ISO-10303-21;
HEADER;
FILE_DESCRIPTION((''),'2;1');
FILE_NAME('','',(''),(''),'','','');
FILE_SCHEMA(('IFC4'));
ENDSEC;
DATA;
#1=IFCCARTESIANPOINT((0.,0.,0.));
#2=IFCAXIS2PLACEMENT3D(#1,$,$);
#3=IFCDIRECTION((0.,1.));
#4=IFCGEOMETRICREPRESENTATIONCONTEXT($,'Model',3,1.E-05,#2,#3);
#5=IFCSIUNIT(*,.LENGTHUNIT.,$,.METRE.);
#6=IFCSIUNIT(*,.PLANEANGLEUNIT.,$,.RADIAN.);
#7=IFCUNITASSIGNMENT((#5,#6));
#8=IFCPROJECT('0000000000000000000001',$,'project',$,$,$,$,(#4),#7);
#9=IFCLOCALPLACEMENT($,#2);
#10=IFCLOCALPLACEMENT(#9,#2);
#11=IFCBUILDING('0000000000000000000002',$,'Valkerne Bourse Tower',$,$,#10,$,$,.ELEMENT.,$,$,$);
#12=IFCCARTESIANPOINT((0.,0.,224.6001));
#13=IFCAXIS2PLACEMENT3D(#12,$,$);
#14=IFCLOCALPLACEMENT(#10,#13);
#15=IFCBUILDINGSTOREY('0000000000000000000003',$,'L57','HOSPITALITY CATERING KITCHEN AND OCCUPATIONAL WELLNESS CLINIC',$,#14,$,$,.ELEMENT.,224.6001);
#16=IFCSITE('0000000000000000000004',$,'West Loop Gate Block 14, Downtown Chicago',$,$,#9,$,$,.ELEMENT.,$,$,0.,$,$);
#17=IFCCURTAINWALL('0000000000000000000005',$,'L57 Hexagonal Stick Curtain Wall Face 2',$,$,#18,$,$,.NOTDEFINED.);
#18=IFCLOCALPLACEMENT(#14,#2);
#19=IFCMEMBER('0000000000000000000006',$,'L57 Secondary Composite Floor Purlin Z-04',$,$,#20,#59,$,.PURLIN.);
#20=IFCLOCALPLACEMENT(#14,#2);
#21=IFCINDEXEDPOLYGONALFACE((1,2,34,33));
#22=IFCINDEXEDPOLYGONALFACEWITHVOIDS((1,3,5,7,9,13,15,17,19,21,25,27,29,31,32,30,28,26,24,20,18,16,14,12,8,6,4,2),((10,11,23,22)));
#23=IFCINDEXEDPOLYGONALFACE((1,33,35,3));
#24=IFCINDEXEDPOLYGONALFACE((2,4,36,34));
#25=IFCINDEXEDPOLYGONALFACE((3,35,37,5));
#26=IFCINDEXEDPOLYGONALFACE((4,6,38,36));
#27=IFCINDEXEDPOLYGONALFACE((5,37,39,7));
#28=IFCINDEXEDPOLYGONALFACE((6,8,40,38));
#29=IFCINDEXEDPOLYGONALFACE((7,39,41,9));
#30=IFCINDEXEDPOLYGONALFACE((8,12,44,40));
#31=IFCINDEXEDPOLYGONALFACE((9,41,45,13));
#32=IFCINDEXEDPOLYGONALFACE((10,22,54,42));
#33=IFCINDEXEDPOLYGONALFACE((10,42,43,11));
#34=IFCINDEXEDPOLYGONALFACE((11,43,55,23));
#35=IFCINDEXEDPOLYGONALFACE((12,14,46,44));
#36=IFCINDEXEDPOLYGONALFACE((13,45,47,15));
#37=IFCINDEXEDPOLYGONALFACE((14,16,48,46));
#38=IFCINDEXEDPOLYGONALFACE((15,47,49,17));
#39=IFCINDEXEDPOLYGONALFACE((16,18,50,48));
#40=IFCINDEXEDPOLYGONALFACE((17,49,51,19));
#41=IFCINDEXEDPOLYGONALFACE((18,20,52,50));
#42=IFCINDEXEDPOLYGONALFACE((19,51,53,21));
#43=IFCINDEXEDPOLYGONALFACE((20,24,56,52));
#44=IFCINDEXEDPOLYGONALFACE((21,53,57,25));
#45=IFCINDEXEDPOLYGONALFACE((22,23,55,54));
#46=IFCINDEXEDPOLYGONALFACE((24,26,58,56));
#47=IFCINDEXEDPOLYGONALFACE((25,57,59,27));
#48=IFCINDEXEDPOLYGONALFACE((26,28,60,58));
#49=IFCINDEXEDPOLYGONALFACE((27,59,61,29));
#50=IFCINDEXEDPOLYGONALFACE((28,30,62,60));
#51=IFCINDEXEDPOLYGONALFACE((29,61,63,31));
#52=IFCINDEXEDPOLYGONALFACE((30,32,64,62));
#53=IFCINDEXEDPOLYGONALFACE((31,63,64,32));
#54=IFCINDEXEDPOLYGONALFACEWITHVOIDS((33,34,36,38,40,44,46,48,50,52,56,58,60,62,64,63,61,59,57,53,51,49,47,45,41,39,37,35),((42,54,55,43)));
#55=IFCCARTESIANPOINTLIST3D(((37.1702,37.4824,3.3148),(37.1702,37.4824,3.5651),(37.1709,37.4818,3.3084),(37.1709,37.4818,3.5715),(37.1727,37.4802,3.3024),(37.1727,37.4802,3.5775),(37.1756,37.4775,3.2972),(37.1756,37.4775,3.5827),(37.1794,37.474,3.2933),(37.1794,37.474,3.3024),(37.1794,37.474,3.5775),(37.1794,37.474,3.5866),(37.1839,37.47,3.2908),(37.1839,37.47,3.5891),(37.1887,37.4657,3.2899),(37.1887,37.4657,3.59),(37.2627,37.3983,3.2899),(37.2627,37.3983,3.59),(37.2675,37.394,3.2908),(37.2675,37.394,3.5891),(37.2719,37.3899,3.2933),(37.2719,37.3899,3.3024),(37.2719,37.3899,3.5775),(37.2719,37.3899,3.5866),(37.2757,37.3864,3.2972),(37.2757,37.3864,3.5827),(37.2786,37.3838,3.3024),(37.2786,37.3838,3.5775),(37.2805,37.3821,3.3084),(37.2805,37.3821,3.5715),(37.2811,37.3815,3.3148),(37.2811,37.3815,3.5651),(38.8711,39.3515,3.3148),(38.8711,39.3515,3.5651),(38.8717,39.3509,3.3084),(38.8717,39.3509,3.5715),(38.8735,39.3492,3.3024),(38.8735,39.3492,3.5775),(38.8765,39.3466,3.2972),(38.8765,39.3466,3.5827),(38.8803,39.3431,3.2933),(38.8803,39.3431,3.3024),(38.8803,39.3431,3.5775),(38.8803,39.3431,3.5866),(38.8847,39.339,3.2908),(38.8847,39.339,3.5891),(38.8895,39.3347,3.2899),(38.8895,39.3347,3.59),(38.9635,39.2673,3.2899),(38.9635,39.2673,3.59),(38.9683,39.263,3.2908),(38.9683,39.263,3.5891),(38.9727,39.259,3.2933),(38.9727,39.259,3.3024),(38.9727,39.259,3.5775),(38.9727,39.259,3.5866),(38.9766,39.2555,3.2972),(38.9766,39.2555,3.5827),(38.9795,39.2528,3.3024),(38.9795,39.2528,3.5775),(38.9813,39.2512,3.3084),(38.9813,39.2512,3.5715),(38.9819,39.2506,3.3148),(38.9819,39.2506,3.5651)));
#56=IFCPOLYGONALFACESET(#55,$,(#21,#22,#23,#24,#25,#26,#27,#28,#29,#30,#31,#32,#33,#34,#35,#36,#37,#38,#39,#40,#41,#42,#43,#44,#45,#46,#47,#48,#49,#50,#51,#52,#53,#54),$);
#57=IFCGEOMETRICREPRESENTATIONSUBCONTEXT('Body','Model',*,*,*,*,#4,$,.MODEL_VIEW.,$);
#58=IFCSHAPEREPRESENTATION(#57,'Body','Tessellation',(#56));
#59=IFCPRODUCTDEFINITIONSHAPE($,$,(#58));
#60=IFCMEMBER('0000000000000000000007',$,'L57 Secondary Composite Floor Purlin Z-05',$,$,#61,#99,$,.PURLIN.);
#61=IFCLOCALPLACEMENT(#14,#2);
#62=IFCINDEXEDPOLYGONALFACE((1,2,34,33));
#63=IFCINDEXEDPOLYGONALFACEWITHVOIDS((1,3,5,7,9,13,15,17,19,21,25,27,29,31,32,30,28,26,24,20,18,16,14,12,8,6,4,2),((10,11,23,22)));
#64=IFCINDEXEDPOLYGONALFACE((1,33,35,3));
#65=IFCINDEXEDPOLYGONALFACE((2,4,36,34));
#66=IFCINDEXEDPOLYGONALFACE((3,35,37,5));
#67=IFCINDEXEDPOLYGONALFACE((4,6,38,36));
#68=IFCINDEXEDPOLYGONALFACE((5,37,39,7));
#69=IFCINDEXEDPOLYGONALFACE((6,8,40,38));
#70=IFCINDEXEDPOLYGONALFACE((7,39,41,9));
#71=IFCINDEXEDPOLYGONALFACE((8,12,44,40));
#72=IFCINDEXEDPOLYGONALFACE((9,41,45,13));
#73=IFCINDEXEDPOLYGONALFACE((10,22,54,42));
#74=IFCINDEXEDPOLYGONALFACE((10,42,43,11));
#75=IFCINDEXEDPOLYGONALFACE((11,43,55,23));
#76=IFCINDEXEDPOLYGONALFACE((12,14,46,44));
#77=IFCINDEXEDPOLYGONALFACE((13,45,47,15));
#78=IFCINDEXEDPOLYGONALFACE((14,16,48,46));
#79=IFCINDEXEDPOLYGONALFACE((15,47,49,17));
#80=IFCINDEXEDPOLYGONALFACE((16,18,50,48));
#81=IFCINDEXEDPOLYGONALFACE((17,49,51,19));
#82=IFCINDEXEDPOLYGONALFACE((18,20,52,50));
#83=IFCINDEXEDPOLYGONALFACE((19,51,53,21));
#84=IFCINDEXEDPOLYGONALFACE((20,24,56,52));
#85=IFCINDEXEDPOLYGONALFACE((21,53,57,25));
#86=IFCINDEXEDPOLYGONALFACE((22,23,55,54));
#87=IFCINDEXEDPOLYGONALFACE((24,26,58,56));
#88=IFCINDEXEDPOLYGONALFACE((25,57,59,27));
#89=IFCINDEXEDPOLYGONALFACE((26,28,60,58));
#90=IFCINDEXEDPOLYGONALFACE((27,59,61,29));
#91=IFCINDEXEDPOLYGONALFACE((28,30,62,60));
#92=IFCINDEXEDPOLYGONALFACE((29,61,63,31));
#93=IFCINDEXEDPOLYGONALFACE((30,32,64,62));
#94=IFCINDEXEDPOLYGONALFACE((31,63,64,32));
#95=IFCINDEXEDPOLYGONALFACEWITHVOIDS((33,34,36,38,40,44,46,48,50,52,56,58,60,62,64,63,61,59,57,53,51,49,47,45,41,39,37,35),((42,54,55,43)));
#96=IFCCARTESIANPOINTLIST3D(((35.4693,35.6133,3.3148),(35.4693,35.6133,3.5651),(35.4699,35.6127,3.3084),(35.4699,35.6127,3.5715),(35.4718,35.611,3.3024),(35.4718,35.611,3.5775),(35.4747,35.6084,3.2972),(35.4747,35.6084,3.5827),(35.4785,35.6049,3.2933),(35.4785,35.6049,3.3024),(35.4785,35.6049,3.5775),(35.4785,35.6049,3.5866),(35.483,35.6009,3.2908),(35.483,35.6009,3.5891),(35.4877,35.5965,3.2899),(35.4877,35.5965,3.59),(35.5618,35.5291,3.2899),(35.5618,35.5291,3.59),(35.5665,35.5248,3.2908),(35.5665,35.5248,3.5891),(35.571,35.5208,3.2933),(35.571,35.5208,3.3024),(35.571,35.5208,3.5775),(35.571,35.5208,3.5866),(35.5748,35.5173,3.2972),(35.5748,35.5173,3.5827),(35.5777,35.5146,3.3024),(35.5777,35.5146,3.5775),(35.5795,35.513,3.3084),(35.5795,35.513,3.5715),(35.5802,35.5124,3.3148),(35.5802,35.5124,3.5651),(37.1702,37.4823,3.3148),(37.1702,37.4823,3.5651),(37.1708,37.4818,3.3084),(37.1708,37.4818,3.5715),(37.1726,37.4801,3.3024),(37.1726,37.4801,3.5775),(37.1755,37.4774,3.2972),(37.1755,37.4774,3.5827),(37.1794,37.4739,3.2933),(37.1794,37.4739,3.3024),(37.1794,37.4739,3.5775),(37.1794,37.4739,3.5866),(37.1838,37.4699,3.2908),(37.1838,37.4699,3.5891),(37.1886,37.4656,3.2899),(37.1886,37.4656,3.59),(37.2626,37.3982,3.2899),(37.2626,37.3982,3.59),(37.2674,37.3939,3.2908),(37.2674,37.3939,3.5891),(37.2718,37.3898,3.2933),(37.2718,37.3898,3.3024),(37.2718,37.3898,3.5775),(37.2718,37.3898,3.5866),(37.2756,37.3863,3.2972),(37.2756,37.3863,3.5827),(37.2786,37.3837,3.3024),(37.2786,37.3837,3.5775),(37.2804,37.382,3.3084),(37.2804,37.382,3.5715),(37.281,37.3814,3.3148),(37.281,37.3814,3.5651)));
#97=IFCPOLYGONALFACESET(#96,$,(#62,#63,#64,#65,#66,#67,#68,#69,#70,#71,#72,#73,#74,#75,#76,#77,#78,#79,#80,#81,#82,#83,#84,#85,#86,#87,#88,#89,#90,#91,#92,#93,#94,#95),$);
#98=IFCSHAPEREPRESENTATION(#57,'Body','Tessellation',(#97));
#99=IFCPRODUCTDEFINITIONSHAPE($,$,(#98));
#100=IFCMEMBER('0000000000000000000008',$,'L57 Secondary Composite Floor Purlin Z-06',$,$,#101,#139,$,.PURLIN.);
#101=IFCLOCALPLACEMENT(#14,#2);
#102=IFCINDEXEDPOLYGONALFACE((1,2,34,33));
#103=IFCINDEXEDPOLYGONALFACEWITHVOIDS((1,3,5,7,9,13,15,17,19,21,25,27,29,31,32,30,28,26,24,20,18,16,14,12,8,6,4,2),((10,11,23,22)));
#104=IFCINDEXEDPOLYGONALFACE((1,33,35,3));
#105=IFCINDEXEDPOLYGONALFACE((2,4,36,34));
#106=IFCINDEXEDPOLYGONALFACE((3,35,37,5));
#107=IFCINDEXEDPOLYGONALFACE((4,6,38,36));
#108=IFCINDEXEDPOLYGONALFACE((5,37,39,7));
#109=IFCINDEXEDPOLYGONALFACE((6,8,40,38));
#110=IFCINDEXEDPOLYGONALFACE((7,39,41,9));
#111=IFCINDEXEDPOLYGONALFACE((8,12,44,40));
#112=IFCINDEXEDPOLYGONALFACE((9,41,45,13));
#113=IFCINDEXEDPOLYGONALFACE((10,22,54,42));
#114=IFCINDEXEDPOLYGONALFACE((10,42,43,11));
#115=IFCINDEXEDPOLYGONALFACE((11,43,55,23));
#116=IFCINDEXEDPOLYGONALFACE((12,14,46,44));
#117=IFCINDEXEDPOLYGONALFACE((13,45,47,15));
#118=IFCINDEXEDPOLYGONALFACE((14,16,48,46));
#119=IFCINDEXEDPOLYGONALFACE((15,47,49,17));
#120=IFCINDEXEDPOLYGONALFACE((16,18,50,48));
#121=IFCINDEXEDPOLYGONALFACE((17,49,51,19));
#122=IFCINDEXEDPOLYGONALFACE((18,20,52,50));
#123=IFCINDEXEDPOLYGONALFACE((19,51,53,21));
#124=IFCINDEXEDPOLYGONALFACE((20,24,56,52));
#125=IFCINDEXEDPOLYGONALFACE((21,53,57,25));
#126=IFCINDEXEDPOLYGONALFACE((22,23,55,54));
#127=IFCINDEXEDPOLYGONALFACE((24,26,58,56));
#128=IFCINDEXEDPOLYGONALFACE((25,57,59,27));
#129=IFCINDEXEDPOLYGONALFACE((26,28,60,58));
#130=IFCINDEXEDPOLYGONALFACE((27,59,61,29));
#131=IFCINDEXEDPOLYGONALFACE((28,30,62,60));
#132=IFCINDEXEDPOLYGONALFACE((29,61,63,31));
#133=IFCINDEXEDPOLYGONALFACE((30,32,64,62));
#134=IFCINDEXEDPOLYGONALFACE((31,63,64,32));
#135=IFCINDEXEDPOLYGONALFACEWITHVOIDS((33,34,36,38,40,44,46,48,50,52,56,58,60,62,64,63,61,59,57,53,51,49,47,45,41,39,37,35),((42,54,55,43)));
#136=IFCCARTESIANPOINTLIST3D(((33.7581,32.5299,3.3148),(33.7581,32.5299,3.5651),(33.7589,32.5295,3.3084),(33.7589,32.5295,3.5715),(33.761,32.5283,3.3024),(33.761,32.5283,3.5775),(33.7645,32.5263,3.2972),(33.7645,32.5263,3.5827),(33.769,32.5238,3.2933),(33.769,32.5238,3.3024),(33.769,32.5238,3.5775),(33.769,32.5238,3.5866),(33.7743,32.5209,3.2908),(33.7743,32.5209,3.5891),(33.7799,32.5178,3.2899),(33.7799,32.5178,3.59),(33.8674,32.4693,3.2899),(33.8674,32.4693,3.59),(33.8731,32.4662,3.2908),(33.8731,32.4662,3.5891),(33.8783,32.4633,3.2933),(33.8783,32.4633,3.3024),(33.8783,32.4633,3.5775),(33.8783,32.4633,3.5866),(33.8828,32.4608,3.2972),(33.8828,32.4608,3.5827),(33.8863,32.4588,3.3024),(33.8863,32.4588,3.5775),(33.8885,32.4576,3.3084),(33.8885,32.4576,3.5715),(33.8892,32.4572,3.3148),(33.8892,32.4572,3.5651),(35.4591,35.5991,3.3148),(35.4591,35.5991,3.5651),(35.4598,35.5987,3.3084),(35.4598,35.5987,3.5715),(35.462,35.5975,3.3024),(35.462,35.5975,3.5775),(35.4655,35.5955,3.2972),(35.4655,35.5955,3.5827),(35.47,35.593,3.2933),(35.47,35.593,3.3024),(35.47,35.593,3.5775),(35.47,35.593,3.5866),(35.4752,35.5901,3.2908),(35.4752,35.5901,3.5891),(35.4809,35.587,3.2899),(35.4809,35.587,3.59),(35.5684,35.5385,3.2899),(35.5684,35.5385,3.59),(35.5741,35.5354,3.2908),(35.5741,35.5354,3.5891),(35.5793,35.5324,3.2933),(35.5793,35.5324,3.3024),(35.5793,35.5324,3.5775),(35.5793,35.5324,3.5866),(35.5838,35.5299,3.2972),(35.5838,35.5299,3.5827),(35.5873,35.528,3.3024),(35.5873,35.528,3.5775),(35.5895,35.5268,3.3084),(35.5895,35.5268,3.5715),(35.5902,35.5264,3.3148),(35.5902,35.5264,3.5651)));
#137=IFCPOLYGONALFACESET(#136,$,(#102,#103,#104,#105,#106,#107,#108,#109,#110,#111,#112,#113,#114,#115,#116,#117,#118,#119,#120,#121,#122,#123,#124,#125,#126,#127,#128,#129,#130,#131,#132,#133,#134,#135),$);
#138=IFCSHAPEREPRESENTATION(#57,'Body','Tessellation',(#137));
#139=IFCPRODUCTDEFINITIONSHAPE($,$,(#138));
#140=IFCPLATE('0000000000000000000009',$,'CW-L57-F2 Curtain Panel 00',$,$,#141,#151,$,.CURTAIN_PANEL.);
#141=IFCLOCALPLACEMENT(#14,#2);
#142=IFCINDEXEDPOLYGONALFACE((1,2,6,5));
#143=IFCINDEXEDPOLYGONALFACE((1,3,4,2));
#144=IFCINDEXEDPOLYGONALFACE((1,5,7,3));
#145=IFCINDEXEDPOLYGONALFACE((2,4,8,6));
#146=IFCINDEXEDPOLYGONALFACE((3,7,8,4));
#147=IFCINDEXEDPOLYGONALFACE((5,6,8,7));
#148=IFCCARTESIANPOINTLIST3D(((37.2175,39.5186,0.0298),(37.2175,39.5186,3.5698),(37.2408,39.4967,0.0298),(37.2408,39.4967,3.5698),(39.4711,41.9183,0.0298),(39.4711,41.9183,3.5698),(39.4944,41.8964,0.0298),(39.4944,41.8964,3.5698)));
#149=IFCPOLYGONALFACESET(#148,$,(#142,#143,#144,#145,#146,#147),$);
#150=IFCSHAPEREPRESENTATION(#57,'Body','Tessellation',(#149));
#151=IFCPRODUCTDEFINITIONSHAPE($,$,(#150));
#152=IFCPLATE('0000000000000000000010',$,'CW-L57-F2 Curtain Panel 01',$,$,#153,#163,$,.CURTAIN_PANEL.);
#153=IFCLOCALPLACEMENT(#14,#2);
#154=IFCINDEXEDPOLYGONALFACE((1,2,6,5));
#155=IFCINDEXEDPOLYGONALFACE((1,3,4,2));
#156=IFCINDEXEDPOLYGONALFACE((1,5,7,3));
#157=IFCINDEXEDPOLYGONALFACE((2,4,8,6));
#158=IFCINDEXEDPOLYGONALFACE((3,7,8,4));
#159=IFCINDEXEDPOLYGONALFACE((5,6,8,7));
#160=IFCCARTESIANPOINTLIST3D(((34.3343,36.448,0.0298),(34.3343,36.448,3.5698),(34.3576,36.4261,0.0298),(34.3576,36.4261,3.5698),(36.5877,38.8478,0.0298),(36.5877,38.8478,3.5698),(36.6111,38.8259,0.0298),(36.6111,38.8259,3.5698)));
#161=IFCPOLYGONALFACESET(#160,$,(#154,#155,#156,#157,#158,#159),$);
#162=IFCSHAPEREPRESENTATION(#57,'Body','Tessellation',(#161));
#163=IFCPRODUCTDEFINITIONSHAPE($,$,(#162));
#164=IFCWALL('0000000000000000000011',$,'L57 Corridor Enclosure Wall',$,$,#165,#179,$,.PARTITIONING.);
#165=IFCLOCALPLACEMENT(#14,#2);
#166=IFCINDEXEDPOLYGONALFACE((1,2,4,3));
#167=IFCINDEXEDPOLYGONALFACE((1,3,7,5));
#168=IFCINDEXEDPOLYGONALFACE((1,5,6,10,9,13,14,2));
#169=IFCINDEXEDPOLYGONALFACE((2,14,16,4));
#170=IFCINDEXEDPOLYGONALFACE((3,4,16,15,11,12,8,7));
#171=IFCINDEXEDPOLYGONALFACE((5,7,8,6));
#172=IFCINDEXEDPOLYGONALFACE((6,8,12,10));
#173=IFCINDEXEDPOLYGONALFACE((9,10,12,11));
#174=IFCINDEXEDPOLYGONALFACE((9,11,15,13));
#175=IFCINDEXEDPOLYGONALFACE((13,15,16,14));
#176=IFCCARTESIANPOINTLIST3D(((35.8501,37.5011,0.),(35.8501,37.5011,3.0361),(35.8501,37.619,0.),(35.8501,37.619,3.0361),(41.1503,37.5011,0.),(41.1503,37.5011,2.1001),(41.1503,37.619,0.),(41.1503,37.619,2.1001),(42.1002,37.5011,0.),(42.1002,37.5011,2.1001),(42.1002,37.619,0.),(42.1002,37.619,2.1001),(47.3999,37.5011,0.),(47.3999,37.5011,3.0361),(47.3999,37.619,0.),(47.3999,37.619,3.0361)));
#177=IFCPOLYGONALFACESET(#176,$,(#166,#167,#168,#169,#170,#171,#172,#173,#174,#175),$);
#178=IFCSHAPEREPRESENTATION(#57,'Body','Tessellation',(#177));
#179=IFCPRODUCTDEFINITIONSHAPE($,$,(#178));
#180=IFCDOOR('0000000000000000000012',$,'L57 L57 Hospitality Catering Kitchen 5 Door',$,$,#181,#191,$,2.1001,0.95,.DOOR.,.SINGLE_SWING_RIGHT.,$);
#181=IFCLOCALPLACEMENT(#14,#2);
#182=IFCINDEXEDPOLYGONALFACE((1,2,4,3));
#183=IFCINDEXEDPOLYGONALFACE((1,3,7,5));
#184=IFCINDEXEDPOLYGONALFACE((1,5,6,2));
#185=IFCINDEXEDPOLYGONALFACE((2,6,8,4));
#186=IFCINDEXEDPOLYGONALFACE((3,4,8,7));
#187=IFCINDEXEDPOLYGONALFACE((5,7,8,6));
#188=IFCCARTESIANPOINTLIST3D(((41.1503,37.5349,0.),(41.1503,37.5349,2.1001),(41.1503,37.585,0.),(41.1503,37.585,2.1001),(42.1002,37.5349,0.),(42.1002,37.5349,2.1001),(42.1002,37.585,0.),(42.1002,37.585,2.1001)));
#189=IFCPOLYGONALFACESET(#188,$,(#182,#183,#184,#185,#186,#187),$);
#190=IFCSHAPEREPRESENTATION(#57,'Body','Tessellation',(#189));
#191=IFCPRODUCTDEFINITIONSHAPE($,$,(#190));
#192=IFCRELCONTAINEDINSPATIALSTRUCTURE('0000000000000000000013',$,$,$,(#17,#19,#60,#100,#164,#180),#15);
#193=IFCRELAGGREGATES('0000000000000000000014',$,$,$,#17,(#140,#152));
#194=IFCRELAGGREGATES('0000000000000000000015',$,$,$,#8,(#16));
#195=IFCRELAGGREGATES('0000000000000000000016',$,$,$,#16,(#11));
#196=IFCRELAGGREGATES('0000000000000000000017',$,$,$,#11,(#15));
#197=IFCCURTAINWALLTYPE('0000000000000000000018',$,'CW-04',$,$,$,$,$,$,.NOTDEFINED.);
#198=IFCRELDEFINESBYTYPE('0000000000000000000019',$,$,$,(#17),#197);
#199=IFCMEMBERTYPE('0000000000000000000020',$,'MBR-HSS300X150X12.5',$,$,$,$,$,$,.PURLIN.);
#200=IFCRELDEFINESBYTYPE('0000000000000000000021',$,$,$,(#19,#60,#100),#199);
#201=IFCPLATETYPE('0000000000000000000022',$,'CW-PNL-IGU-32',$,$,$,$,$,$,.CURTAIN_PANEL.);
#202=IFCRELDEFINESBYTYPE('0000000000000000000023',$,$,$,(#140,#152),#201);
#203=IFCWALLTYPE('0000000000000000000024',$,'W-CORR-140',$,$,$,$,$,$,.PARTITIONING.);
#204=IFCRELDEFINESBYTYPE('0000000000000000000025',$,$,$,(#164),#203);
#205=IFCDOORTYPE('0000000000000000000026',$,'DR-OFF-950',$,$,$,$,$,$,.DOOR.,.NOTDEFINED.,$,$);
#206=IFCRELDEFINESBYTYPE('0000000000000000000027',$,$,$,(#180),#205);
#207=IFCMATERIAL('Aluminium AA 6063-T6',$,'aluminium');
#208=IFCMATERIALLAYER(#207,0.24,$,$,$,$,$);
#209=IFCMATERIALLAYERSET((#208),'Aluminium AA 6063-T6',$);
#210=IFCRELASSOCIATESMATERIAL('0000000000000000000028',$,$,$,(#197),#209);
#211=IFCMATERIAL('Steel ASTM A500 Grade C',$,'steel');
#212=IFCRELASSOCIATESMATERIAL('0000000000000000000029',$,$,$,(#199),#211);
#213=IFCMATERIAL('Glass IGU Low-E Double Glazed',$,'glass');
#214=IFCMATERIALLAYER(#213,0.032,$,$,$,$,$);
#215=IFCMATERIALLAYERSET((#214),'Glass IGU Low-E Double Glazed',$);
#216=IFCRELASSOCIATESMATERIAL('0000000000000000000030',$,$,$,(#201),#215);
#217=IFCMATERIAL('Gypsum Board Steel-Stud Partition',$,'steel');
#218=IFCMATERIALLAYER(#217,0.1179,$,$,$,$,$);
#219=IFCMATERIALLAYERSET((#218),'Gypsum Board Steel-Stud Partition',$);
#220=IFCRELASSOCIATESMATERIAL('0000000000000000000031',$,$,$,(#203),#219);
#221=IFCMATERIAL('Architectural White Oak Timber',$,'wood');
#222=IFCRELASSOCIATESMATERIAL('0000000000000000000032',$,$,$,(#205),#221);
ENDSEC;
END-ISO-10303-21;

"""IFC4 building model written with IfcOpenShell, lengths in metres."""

from ifc_helpers import new_model, si_unit, direction, frame, frame_2d, origin, origin_2d, place, context, subcontext, project, spatial, rectangle, hollow_rectangle, extrude, material, layer, layer_set, material_profile, profile_set, type_object, element, fill, aggregate, save


model = new_model("IFC4")

# Units and contexts
model_context = context("Model", 3, precision=1e-05, world=origin(), true_north=direction((0.0, 1.0)))
body_context = subcontext(model_context, "Body", "Model", "MODEL_VIEW")
ifc_project = project(units=[si_unit("LENGTHUNIT", "METRE"), si_unit("PLANEANGLEUNIT", "RADIAN")], contexts=[model_context])

# Site, building, storey
site_placement = place(None, origin())
site = spatial("IfcSite", under=ifc_project, at=site_placement, Name="West Loop Gate Block 14, Downtown Chicago", CompositionType="ELEMENT", RefElevation=0.0)
building_placement = place(site_placement, origin())
building = spatial("IfcBuilding", under=site, at=building_placement, Name="Valkerne Bourse Tower", CompositionType="ELEMENT")
storey_placement = place(building_placement, frame((0.0, 0.0, 224.6001)))
storey = spatial("IfcBuildingStorey", under=building, at=storey_placement, Name="L57", Description="HOSPITALITY CATERING KITCHEN AND OCCUPATIONAL WELLNESS CLINIC", CompositionType="ELEMENT", Elevation=224.6001)

# Curtain wall
ifc_material_1 = material(Name="Aluminium AA 6063-T6", Category="aluminium")
ifc_layer_1 = layer(ifc_material_1, 0.24)
ifc_layer_set_1 = layer_set([ifc_layer_1], Name="Aluminium AA 6063-T6")
curtain_wall_type = type_object("IfcCurtainWallType", Name="CW-04", PredefinedType="NOTDEFINED", material=ifc_layer_set_1)
curtain_wall_placement = place(storey_placement, origin())
curtain_wall = element("IfcCurtainWall", 1, at=curtain_wall_placement, inside=storey, type_object=curtain_wall_type, Name="L57 Hexagonal Stick Curtain Wall Face 2", PredefinedType="NOTDEFINED")

# Members
ifc_material_2 = material(Name="Steel ASTM A500 Grade C", Category="steel")
ifc_material_profile_1 = material_profile(ifc_material_2, hollow_rectangle(XDim=0.1499, YDim=0.3, WallThickness=0.0125, OuterFilletRadius=0.0249, at=origin_2d()), Name="HSS300X150X12.5")
ifc_profile_set_1 = profile_set([ifc_material_profile_1], Name="Steel ASTM A500 Grade C")
member_type_1 = type_object("IfcMemberType", Name="MBR-HSS300X150X12.5", PredefinedType="PURLIN", material=ifc_profile_set_1)
for number, where, z_axis, x_axis, name in (
    (2, (38.9265, 39.301, 3.4399), (-0.673043, -0.739603, 0.0), (0.739603, -0.673043, 0.0), "L57 Secondary Composite Floor Purlin Z-04"),
    (3, (37.2256, 37.4319, 3.4399), (-0.673043, -0.739603, 0.0), (0.739603, -0.673043, 0.0), "L57 Secondary Composite Floor Purlin Z-05"),
):
    element("IfcMember", number, at=place(storey_placement, frame(where, z_axis=z_axis, x_axis=x_axis)), inside=storey, type_object=member_type_1, Name=name, PredefinedType="PURLIN", context=body_context, shape_type="SweptSolid", body=[
        extrude(hollow_rectangle(XDim=0.1499, YDim=0.3, WallThickness=0.0125, OuterFilletRadius=0.0249, at=origin_2d()), origin(), (0.0, 0.0, 1.0), 2.5271),
    ])
member_1_placement = place(storey_placement, frame((35.5247, 35.5627, 3.4399), z_axis=(-0.484745, -0.874656, 0.0), x_axis=(0.874656, -0.484745, 0.0)))
element("IfcMember", 4, at=member_1_placement, inside=storey, type_object=member_type_1, Name="L57 Secondary Composite Floor Purlin Z-06", PredefinedType="PURLIN", context=body_context, shape_type="SweptSolid", body=[
    extrude(hollow_rectangle(XDim=0.1499, YDim=0.3, WallThickness=0.0125, OuterFilletRadius=0.0249, at=origin_2d()), origin(), (0.0, 0.0, 1.0), 3.509),
])

# Plates
ifc_material_3 = material(Name="Glass IGU Low-E Double Glazed", Category="glass")
ifc_layer_2 = layer(ifc_material_3, 0.032)
ifc_layer_set_2 = layer_set([ifc_layer_2], Name="Glass IGU Low-E Double Glazed")
plate_type = type_object("IfcPlateType", Name="CW-PNL-IGU-32", PredefinedType="CURTAIN_PANEL", material=ifc_layer_set_2)
plate_1_placement = place(storey_placement, frame((38.356, 40.7075, 0.0298), z_axis=(0.0, 0.0, 1.0), x_axis=(-0.68456, -0.728956, 0.0)))
plate_1 = element("IfcPlate", 5, at=plate_1_placement, type_object=plate_type, Name="CW-L57-F2 Curtain Panel 00", PredefinedType="CURTAIN_PANEL", context=body_context, shape_type="SweptSolid", body=[
    extrude(rectangle(XDim=3.292, YDim=0.032, at=origin_2d()), origin(), (0.0, 0.0, 1.0), 3.54),
])
plate_2_placement = place(storey_placement, frame((35.4727, 37.637, 0.0298), z_axis=(0.0, 0.0, 1.0), x_axis=(-0.684536, -0.728979, 0.0)))
plate_2 = element("IfcPlate", 6, at=plate_2_placement, type_object=plate_type, Name="CW-L57-F2 Curtain Panel 01", PredefinedType="CURTAIN_PANEL", context=body_context, shape_type="SweptSolid", body=[
    extrude(rectangle(XDim=3.292, YDim=0.032, at=origin_2d()), origin(), (0.0, 0.0, 1.0), 3.54),
])
aggregate(curtain_wall, [plate_1, plate_2])

# Wall, opening, door
ifc_material_4 = material(Name="Gypsum Board Steel-Stud Partition", Category="steel")
ifc_layer_3 = layer(ifc_material_4, 0.1179)
ifc_layer_set_3 = layer_set([ifc_layer_3], Name="Gypsum Board Steel-Stud Partition")
wall_type = type_object("IfcWallType", Name="W-CORR-140", PredefinedType="PARTITIONING", material=ifc_layer_set_3)
wall_placement = place(storey_placement, frame((35.8501, 37.5601, 0.0), z_axis=(0.0, 0.0, 1.0), x_axis=(1.0, 0.0, 0.0)))
wall = element("IfcWall", 7, at=wall_placement, inside=storey, type_object=wall_type, Name="L57 Corridor Enclosure Wall", PredefinedType="PARTITIONING", context=body_context, shape_type="SweptSolid", body=[
    extrude(rectangle(XDim=11.5498, YDim=0.1179, at=frame_2d((5.7749, 0.0))), origin(), (0.0, 0.0, 1.0), 3.0361),
])
opening_placement = place(wall_placement, frame((5.3, 0.0, 0.0)))
opening = element("IfcOpeningElement", 8, at=opening_placement, cuts=wall, PredefinedType="OPENING", context=body_context, shape_type="SweptSolid", body=[
    extrude(rectangle(XDim=0.95, YDim=2.1001, at=frame_2d((0.4751, 1.05))), frame((0.0, 0.0688, 0.0), z_axis=(0.0, -1.0, 0.0), x_axis=(1.0, 0.0, 0.0)), (0.0, 0.0, 1.0), 0.1379),
])
ifc_material_5 = material(Name="Architectural White Oak Timber", Category="wood")
door_type = type_object("IfcDoorType", Name="DR-OFF-950", OperationType="NOTDEFINED", PredefinedType="DOOR", material=ifc_material_5)
door_placement = place(opening_placement, origin())
door = element("IfcDoor", 9, at=door_placement, inside=storey, type_object=door_type, Name="L57 L57 Hospitality Catering Kitchen 5 Door", OperationType="SINGLE_SWING_RIGHT", OverallHeight=2.1001, OverallWidth=0.95, PredefinedType="DOOR", context=body_context, shape_type="SweptSolid", body=[
    extrude(rectangle(XDim=0.95, YDim=2.1001, at=frame_2d((0.4751, 1.05))), frame((0.0, 0.0249, 0.0), z_axis=(0.0, -1.0, 0.0), x_axis=(1.0, 0.0, 0.0)), (0.0, 0.0, 1.0), 0.05),
])
fill(opening, door)

save(model, "model.ifc")
